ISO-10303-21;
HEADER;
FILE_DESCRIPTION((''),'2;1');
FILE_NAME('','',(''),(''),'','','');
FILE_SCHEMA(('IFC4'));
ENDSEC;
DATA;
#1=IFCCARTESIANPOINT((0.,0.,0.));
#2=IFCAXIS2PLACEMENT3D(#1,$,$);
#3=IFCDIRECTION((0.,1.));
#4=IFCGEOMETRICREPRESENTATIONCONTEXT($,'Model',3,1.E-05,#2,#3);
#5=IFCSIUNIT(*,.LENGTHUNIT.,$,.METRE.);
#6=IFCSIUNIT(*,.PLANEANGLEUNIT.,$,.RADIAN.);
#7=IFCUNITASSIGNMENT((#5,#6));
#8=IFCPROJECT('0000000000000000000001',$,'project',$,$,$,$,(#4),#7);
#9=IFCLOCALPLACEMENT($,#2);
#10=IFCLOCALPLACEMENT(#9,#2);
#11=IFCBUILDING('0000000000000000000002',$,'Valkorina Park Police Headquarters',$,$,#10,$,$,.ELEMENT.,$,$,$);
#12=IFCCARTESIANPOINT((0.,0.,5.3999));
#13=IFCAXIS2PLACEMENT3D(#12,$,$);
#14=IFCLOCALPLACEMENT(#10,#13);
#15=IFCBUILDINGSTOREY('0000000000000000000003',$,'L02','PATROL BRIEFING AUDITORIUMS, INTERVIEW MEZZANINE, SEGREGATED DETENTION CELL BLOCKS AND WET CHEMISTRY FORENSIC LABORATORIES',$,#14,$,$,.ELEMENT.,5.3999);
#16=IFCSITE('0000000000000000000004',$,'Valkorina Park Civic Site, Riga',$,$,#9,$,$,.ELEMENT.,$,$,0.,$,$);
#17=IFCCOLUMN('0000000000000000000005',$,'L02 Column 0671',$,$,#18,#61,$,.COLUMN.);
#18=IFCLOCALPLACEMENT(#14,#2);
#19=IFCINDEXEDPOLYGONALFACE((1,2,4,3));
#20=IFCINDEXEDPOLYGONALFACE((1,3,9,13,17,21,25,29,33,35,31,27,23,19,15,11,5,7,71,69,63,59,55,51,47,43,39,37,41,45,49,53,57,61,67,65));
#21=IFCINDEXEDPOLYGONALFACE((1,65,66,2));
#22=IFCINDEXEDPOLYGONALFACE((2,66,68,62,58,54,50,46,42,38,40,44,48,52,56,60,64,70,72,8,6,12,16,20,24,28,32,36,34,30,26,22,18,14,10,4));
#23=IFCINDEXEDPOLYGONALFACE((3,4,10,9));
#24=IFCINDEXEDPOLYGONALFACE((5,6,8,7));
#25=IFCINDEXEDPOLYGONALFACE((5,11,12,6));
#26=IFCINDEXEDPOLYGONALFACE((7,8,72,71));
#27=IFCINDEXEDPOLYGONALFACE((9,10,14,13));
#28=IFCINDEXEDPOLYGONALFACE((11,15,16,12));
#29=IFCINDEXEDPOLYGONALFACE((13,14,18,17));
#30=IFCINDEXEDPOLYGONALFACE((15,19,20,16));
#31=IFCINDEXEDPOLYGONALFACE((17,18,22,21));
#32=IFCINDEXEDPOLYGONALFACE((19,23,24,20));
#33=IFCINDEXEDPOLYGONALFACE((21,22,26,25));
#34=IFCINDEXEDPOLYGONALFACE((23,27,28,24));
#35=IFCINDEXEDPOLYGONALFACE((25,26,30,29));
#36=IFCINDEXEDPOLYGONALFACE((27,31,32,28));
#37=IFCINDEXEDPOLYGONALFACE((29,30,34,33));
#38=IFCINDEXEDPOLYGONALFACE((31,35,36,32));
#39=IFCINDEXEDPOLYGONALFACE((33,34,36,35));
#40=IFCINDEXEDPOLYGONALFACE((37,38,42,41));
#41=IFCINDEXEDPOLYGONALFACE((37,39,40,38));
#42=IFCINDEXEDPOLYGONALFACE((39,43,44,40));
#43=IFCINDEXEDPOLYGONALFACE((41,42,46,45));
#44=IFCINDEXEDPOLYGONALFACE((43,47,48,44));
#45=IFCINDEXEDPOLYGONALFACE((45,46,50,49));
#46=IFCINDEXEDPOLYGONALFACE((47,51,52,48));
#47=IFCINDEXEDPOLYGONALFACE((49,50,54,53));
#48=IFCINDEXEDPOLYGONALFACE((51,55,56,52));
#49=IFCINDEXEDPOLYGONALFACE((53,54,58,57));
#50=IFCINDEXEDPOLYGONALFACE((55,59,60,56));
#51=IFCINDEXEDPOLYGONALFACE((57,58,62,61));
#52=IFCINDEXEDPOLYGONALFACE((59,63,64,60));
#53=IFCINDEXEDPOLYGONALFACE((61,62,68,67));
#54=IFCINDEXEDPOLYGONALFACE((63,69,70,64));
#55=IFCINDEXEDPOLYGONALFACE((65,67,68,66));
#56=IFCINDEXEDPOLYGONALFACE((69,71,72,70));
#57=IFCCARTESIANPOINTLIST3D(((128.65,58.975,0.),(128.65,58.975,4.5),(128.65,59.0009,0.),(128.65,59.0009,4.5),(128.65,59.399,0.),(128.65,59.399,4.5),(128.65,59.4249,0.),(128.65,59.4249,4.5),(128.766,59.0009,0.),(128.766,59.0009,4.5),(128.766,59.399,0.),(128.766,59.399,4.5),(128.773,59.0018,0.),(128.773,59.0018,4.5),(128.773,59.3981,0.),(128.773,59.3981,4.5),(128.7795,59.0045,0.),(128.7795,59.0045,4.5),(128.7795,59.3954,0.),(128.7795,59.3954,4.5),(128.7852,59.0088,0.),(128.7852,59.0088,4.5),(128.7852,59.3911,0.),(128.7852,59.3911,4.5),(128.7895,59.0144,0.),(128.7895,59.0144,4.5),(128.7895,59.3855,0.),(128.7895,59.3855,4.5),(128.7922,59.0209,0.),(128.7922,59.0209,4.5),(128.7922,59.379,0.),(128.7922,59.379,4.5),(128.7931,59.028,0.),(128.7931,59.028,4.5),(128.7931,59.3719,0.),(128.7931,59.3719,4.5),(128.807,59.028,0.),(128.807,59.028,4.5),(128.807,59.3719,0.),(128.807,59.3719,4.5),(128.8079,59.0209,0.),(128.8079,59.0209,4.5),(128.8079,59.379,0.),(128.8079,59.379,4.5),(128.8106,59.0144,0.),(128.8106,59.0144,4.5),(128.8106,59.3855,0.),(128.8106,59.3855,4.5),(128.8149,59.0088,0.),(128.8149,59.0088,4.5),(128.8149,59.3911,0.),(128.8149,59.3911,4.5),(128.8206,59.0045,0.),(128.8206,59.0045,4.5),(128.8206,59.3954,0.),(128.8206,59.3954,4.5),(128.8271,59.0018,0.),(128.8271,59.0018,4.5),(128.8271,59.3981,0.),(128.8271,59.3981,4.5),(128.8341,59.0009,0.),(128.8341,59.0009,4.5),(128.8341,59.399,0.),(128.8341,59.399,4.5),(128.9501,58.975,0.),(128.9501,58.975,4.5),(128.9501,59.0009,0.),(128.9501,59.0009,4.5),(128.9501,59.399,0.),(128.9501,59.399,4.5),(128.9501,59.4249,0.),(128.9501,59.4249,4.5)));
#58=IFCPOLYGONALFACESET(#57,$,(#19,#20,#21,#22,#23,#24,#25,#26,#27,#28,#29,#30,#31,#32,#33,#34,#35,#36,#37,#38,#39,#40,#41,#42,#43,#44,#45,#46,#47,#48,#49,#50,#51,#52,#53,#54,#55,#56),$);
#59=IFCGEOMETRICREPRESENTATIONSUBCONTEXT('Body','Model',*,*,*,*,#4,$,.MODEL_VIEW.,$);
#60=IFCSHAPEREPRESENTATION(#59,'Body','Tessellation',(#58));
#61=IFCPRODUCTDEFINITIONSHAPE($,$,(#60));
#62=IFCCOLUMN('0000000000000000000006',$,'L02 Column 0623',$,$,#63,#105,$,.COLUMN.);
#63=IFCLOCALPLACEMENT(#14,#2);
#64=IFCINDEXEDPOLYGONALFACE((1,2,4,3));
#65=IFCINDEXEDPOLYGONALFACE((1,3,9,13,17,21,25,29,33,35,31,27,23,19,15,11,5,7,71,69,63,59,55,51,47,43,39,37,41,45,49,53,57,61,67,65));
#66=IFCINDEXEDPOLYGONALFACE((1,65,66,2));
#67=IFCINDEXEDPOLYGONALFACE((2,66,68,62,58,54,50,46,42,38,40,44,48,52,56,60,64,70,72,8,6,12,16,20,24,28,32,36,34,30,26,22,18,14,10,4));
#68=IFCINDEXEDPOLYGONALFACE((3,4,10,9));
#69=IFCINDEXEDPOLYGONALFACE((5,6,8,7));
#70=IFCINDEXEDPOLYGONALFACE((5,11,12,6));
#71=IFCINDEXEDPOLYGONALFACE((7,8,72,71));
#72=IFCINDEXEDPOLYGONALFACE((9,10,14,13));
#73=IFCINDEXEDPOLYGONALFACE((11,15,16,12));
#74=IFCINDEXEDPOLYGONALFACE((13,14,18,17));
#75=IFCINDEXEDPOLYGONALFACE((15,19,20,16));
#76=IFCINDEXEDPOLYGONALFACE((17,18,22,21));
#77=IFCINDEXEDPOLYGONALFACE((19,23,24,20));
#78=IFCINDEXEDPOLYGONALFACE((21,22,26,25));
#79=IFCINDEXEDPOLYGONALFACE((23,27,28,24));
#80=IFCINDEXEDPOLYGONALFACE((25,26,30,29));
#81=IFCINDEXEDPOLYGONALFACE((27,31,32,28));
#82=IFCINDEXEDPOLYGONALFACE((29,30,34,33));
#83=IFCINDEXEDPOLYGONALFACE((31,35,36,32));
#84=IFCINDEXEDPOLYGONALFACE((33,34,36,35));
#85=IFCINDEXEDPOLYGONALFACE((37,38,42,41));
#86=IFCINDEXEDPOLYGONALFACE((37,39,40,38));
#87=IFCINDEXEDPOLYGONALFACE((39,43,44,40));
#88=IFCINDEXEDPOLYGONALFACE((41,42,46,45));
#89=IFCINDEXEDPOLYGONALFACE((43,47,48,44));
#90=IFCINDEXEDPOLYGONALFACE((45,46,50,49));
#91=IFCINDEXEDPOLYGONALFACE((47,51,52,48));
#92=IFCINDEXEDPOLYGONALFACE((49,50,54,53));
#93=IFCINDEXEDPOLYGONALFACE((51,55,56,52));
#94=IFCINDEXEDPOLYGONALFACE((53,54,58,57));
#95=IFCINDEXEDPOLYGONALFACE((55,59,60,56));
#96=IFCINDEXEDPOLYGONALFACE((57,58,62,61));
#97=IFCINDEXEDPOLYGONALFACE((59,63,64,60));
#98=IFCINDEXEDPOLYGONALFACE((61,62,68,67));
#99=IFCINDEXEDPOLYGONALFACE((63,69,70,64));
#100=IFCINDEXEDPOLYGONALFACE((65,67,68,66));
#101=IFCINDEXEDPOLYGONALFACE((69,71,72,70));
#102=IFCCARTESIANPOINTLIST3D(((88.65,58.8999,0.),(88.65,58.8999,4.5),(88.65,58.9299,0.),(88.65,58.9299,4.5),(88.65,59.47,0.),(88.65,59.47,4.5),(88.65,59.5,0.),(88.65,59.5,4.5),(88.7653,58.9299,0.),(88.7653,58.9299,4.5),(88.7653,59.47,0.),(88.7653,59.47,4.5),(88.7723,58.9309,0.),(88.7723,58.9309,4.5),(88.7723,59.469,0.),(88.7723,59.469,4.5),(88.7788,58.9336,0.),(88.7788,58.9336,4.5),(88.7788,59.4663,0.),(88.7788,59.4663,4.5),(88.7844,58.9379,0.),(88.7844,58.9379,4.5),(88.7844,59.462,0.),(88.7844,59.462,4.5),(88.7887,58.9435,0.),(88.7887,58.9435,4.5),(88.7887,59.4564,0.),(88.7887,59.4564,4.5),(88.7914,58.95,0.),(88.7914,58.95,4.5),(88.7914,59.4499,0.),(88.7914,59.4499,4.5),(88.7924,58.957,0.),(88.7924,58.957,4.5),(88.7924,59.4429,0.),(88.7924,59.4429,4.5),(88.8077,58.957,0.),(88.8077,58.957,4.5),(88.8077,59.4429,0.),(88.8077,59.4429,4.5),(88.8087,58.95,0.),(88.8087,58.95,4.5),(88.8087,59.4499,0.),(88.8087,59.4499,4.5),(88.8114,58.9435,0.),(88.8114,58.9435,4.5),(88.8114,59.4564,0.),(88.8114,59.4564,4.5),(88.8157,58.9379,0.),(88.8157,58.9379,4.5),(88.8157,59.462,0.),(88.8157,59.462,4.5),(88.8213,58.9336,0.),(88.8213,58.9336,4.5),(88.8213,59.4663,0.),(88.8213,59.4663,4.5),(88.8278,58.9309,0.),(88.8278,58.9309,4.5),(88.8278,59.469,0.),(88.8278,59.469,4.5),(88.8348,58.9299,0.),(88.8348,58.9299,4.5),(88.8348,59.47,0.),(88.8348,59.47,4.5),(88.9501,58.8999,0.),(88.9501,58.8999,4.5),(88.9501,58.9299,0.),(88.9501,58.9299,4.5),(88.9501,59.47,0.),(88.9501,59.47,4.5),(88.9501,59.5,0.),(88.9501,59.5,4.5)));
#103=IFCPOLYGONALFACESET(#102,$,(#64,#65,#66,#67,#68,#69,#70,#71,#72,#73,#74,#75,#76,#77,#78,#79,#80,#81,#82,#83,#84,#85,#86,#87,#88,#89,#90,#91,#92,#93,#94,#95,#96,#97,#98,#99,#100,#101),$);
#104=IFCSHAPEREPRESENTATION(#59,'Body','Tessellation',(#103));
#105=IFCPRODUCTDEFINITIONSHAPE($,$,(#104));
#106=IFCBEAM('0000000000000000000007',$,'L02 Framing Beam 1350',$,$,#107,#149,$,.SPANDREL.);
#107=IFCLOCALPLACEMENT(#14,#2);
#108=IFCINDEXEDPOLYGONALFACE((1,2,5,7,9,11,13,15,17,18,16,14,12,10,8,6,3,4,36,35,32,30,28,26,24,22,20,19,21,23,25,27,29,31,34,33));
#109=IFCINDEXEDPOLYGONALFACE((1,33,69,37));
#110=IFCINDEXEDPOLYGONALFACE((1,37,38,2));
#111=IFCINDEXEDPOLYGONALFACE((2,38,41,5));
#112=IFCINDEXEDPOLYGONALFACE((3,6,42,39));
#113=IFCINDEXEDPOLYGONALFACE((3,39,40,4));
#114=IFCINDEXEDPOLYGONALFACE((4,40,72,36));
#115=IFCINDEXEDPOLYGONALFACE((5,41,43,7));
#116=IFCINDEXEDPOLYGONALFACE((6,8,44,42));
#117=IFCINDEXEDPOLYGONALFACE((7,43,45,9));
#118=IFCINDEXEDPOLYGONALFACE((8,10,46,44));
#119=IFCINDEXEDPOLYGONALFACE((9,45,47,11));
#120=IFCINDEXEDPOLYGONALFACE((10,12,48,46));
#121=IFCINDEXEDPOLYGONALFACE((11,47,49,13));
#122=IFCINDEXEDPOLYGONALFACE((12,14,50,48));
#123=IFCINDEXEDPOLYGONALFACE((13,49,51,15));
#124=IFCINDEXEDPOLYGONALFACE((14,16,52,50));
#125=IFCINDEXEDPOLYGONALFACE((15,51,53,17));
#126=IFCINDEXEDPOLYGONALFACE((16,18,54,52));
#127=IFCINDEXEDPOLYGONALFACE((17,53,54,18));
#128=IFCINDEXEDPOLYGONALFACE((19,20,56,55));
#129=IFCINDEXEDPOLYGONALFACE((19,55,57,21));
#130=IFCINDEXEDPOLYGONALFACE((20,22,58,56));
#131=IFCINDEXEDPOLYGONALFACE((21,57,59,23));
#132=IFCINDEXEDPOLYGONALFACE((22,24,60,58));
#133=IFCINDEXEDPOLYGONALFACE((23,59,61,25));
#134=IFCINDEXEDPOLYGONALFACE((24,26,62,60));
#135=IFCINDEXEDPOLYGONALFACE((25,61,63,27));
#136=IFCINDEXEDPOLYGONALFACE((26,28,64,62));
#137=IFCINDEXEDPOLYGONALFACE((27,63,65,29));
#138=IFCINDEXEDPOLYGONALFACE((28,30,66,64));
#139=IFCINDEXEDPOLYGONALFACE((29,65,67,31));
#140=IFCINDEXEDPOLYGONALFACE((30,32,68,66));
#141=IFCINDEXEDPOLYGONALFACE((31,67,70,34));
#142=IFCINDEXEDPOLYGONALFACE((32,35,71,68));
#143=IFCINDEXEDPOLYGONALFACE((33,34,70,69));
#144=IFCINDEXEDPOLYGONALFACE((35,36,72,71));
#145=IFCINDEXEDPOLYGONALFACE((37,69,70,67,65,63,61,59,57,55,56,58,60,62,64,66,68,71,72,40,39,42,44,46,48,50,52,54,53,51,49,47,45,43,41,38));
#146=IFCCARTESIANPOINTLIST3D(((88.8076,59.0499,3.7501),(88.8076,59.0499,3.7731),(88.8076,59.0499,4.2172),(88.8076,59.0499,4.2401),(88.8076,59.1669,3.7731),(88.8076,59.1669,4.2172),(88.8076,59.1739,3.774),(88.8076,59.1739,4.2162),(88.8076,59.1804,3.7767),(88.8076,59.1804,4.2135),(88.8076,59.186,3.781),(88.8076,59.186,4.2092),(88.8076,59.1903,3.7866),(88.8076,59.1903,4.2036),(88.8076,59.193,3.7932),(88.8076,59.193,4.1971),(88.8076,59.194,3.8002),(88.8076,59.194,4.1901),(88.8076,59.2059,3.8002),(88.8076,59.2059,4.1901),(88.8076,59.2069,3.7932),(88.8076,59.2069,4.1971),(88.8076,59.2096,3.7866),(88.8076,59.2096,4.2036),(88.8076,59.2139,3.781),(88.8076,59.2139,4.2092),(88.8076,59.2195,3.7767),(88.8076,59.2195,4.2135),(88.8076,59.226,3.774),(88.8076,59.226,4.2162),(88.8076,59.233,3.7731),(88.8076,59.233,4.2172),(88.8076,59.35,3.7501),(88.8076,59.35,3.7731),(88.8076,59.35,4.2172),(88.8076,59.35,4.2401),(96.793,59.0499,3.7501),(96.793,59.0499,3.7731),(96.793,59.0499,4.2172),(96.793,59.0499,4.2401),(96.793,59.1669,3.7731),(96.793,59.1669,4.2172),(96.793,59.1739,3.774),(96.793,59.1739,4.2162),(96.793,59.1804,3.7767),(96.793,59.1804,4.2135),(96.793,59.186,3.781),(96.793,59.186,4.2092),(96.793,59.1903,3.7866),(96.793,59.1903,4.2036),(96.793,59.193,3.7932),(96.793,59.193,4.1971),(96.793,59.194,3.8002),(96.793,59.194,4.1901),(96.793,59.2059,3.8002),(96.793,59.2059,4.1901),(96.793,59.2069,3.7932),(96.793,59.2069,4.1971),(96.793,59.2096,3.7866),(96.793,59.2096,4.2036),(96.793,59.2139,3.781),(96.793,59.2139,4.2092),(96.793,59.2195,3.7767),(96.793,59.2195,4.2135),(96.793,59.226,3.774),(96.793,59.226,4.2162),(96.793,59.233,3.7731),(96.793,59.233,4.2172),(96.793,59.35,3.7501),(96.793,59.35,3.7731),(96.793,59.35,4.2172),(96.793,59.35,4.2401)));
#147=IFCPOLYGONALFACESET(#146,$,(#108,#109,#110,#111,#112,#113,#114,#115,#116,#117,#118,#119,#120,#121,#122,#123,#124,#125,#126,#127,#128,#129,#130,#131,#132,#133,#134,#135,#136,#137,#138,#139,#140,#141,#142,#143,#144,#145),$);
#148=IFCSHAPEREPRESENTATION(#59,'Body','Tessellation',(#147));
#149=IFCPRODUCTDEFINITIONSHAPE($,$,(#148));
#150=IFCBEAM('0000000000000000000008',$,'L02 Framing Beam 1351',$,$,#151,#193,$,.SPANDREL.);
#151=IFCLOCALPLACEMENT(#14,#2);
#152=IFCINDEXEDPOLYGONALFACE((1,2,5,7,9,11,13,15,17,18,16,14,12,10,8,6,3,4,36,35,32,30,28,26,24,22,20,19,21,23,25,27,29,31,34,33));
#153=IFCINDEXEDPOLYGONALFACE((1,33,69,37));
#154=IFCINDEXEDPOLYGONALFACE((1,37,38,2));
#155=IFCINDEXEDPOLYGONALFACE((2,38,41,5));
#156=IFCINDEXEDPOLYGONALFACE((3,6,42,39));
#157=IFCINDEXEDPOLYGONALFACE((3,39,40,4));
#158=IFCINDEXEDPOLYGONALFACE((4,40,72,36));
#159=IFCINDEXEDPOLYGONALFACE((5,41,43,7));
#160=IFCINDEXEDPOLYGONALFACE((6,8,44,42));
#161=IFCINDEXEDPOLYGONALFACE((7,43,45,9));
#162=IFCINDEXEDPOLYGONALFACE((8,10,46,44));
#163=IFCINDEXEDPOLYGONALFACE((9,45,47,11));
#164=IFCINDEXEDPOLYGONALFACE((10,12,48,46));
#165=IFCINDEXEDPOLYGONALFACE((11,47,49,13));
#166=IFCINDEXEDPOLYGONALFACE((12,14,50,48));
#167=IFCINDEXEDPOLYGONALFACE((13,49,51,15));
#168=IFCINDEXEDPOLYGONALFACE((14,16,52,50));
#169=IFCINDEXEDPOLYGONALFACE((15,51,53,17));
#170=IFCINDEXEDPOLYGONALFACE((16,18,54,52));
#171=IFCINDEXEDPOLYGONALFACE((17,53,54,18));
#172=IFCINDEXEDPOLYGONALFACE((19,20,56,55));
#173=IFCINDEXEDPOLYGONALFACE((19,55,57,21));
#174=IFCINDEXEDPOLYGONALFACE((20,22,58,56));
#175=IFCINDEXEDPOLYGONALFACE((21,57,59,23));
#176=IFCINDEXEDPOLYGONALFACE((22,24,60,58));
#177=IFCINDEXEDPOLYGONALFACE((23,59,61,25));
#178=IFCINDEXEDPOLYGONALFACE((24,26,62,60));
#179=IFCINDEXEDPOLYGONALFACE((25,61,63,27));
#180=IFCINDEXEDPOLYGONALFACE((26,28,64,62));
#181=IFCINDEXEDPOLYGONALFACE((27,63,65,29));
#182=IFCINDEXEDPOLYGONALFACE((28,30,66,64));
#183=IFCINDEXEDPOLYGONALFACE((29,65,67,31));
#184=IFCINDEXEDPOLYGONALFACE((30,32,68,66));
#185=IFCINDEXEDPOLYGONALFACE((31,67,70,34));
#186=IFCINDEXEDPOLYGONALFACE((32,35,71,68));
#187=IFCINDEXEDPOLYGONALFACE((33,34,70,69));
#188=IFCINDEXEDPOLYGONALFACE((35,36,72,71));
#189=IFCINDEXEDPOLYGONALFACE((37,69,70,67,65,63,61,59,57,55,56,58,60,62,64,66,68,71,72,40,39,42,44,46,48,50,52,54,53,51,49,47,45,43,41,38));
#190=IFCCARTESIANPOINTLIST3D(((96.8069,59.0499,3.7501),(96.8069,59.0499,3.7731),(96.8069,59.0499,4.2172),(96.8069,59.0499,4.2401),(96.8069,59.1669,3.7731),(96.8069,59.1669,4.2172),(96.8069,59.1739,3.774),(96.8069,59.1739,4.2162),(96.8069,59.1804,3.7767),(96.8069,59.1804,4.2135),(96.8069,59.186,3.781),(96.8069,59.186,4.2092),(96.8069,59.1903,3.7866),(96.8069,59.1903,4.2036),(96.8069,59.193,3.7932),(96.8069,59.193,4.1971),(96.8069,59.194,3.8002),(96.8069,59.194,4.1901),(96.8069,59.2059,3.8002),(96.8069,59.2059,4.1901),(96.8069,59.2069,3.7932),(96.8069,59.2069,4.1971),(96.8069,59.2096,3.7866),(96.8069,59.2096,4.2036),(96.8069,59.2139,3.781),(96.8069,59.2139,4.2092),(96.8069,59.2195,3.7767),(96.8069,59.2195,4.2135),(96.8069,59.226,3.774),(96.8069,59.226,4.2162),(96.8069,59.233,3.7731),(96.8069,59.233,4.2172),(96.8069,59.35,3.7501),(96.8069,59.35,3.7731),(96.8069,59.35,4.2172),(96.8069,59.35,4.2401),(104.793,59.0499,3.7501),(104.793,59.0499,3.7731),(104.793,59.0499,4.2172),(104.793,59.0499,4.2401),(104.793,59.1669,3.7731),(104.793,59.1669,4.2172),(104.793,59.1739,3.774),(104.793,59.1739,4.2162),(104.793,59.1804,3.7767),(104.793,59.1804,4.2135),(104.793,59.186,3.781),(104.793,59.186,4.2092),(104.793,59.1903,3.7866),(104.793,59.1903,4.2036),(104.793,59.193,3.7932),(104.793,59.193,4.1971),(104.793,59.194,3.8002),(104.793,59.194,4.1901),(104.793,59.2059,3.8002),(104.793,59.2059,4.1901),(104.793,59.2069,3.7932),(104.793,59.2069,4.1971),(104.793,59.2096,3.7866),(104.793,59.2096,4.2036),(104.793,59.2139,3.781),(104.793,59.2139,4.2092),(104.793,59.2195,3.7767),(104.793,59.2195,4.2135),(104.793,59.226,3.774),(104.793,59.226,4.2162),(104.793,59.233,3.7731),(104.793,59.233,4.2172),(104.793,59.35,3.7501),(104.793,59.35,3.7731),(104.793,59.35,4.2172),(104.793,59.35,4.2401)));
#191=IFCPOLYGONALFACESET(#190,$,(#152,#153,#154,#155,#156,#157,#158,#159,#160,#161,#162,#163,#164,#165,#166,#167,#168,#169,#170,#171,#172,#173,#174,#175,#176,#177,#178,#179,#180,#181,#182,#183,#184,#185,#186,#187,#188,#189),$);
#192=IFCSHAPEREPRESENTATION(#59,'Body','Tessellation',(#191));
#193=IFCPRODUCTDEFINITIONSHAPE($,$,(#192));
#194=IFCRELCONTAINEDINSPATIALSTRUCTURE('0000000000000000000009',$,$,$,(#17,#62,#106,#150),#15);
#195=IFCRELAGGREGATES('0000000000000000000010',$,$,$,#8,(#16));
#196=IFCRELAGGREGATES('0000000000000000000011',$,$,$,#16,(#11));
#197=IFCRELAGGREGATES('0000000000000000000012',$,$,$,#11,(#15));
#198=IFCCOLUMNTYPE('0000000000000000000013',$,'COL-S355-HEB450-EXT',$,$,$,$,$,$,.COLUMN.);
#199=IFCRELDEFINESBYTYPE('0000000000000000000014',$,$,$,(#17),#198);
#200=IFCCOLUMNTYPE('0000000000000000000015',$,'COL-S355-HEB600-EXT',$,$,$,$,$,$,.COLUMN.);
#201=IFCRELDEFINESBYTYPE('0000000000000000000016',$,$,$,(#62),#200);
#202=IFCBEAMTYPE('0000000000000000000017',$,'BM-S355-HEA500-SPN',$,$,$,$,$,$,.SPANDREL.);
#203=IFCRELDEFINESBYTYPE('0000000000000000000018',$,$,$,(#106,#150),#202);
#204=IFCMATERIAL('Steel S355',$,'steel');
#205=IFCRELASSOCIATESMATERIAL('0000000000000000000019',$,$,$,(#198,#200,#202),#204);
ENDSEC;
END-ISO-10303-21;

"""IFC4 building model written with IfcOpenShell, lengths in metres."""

from ifc_helpers import new_model, si_unit, direction, frame, origin, origin_2d, place, context, subcontext, project, spatial, i_section, extrude, material, material_profile, profile_set, type_object, element, save


model = new_model("IFC4")

# Units and contexts
model_context = context("Model", 3, precision=1e-05, world=origin(), true_north=direction((0.0, 1.0)))
body_context = subcontext(model_context, "Body", "Model", "MODEL_VIEW")
ifc_project = project(units=[si_unit("LENGTHUNIT", "METRE"), si_unit("PLANEANGLEUNIT", "RADIAN")], contexts=[model_context])

# Site, building, storey
site_placement = place(None, origin())
site = spatial("IfcSite", under=ifc_project, at=site_placement, Name="Valkorina Park Civic Site, Riga", CompositionType="ELEMENT", RefElevation=0.0)
building_placement = place(site_placement, origin())
building = spatial("IfcBuilding", under=site, at=building_placement, Name="Valkorina Park Police Headquarters", CompositionType="ELEMENT")
storey_placement = place(building_placement, frame((0.0, 0.0, 5.3999)))
storey = spatial("IfcBuildingStorey", under=building, at=storey_placement, Name="L02", Description="PATROL BRIEFING AUDITORIUMS, INTERVIEW MEZZANINE, SEGREGATED DETENTION CELL BLOCKS AND WET CHEMISTRY FORENSIC LABORATORIES", CompositionType="ELEMENT", Elevation=5.3999)

# Columns
ifc_material_1 = material(Name="Steel S355", Category="steel")
ifc_material_profile_1 = material_profile(ifc_material_1, i_section(OverallWidth=0.3, OverallDepth=0.45, WebThickness=0.0139, FlangeThickness=0.0259, FilletRadius=0.0271, at=origin_2d()), Name="HEB 450")
ifc_profile_set_1 = profile_set([ifc_material_profile_1], Name="Steel S355")
column_type_1 = type_object("IfcColumnType", Name="COL-S355-HEB450-EXT", PredefinedType="COLUMN", material=ifc_profile_set_1)
for number, where, z_axis, x_axis, name in (
    (1, (128.8, 59.2, 0.0), (0.0, 0.0, 1.0), (1.0, 0.0, 0.0), "L02 Column 0671"),
):
    element("IfcColumn", number, at=place(storey_placement, frame(where, z_axis=z_axis, x_axis=x_axis)), inside=storey, type_object=column_type_1, Name=name, PredefinedType="COLUMN", context=body_context, shape_type="SweptSolid", body=[
        extrude(i_section(OverallWidth=0.3, OverallDepth=0.45, WebThickness=0.0139, FlangeThickness=0.0259, FilletRadius=0.0271, at=origin_2d()), origin(), (0.0, 0.0, 1.0), 4.5),
    ])
ifc_material_profile_2 = material_profile(ifc_material_1, i_section(OverallWidth=0.3, OverallDepth=0.6001, WebThickness=0.0154, FlangeThickness=0.03, FilletRadius=0.0271, at=origin_2d()), Name="HEB 600")
ifc_profile_set_2 = profile_set([ifc_material_profile_2], Name="Steel S355")
column_type_2 = type_object("IfcColumnType", Name="COL-S355-HEB600-EXT", PredefinedType="COLUMN", material=ifc_profile_set_2)
column_placement = place(storey_placement, frame((88.8, 59.2, 0.0), z_axis=(0.0, 0.0, 1.0), x_axis=(1.0, 0.0, 0.0)))
element("IfcColumn", 2, at=column_placement, inside=storey, type_object=column_type_2, Name="L02 Column 0623", PredefinedType="COLUMN", context=body_context, shape_type="SweptSolid", body=[
    extrude(i_section(OverallWidth=0.3, OverallDepth=0.6001, WebThickness=0.0154, FlangeThickness=0.03, FilletRadius=0.0271, at=origin_2d()), origin(), (0.0, 0.0, 1.0), 4.5),
])

# Beams
ifc_material_profile_3 = material_profile(ifc_material_1, i_section(OverallWidth=0.3, OverallDepth=0.49, WebThickness=0.012, FlangeThickness=0.0229, FilletRadius=0.0271, at=origin_2d()), Name="HEA 500")
ifc_profile_set_3 = profile_set([ifc_material_profile_3], Name="Steel S355")
beam_type = type_object("IfcBeamType", Name="BM-S355-HEA500-SPN", PredefinedType="SPANDREL", material=ifc_profile_set_3)
beam_placement = place(storey_placement, frame((88.8076, 59.2, 3.9951), z_axis=(1.0, 0.0, 0.0), x_axis=(0.0, 1.0, 0.0)))
element("IfcBeam", 3, at=beam_placement, inside=storey, type_object=beam_type, Name="L02 Framing Beam 1350", PredefinedType="SPANDREL", context=body_context, shape_type="SweptSolid", body=[
    extrude(i_section(OverallWidth=0.3, OverallDepth=0.49, WebThickness=0.012, FlangeThickness=0.0229, FilletRadius=0.0271, at=origin_2d()), origin(), (0.0, 0.0, 1.0), 7.9854),
])
for number, where, z_axis, x_axis, name in (
    (4, (96.8069, 59.2, 3.9951), (1.0, 0.0, 0.0), (0.0, 1.0, 0.0), "L02 Framing Beam 1351"),
):
    element("IfcBeam", number, at=place(storey_placement, frame(where, z_axis=z_axis, x_axis=x_axis)), inside=storey, type_object=beam_type, Name=name, PredefinedType="SPANDREL", context=body_context, shape_type="SweptSolid", body=[
        extrude(i_section(OverallWidth=0.3, OverallDepth=0.49, WebThickness=0.012, FlangeThickness=0.0229, FilletRadius=0.0271, at=origin_2d()), origin(), (0.0, 0.0, 1.0), 7.9861),
    ])

save(model, "model.ifc")
